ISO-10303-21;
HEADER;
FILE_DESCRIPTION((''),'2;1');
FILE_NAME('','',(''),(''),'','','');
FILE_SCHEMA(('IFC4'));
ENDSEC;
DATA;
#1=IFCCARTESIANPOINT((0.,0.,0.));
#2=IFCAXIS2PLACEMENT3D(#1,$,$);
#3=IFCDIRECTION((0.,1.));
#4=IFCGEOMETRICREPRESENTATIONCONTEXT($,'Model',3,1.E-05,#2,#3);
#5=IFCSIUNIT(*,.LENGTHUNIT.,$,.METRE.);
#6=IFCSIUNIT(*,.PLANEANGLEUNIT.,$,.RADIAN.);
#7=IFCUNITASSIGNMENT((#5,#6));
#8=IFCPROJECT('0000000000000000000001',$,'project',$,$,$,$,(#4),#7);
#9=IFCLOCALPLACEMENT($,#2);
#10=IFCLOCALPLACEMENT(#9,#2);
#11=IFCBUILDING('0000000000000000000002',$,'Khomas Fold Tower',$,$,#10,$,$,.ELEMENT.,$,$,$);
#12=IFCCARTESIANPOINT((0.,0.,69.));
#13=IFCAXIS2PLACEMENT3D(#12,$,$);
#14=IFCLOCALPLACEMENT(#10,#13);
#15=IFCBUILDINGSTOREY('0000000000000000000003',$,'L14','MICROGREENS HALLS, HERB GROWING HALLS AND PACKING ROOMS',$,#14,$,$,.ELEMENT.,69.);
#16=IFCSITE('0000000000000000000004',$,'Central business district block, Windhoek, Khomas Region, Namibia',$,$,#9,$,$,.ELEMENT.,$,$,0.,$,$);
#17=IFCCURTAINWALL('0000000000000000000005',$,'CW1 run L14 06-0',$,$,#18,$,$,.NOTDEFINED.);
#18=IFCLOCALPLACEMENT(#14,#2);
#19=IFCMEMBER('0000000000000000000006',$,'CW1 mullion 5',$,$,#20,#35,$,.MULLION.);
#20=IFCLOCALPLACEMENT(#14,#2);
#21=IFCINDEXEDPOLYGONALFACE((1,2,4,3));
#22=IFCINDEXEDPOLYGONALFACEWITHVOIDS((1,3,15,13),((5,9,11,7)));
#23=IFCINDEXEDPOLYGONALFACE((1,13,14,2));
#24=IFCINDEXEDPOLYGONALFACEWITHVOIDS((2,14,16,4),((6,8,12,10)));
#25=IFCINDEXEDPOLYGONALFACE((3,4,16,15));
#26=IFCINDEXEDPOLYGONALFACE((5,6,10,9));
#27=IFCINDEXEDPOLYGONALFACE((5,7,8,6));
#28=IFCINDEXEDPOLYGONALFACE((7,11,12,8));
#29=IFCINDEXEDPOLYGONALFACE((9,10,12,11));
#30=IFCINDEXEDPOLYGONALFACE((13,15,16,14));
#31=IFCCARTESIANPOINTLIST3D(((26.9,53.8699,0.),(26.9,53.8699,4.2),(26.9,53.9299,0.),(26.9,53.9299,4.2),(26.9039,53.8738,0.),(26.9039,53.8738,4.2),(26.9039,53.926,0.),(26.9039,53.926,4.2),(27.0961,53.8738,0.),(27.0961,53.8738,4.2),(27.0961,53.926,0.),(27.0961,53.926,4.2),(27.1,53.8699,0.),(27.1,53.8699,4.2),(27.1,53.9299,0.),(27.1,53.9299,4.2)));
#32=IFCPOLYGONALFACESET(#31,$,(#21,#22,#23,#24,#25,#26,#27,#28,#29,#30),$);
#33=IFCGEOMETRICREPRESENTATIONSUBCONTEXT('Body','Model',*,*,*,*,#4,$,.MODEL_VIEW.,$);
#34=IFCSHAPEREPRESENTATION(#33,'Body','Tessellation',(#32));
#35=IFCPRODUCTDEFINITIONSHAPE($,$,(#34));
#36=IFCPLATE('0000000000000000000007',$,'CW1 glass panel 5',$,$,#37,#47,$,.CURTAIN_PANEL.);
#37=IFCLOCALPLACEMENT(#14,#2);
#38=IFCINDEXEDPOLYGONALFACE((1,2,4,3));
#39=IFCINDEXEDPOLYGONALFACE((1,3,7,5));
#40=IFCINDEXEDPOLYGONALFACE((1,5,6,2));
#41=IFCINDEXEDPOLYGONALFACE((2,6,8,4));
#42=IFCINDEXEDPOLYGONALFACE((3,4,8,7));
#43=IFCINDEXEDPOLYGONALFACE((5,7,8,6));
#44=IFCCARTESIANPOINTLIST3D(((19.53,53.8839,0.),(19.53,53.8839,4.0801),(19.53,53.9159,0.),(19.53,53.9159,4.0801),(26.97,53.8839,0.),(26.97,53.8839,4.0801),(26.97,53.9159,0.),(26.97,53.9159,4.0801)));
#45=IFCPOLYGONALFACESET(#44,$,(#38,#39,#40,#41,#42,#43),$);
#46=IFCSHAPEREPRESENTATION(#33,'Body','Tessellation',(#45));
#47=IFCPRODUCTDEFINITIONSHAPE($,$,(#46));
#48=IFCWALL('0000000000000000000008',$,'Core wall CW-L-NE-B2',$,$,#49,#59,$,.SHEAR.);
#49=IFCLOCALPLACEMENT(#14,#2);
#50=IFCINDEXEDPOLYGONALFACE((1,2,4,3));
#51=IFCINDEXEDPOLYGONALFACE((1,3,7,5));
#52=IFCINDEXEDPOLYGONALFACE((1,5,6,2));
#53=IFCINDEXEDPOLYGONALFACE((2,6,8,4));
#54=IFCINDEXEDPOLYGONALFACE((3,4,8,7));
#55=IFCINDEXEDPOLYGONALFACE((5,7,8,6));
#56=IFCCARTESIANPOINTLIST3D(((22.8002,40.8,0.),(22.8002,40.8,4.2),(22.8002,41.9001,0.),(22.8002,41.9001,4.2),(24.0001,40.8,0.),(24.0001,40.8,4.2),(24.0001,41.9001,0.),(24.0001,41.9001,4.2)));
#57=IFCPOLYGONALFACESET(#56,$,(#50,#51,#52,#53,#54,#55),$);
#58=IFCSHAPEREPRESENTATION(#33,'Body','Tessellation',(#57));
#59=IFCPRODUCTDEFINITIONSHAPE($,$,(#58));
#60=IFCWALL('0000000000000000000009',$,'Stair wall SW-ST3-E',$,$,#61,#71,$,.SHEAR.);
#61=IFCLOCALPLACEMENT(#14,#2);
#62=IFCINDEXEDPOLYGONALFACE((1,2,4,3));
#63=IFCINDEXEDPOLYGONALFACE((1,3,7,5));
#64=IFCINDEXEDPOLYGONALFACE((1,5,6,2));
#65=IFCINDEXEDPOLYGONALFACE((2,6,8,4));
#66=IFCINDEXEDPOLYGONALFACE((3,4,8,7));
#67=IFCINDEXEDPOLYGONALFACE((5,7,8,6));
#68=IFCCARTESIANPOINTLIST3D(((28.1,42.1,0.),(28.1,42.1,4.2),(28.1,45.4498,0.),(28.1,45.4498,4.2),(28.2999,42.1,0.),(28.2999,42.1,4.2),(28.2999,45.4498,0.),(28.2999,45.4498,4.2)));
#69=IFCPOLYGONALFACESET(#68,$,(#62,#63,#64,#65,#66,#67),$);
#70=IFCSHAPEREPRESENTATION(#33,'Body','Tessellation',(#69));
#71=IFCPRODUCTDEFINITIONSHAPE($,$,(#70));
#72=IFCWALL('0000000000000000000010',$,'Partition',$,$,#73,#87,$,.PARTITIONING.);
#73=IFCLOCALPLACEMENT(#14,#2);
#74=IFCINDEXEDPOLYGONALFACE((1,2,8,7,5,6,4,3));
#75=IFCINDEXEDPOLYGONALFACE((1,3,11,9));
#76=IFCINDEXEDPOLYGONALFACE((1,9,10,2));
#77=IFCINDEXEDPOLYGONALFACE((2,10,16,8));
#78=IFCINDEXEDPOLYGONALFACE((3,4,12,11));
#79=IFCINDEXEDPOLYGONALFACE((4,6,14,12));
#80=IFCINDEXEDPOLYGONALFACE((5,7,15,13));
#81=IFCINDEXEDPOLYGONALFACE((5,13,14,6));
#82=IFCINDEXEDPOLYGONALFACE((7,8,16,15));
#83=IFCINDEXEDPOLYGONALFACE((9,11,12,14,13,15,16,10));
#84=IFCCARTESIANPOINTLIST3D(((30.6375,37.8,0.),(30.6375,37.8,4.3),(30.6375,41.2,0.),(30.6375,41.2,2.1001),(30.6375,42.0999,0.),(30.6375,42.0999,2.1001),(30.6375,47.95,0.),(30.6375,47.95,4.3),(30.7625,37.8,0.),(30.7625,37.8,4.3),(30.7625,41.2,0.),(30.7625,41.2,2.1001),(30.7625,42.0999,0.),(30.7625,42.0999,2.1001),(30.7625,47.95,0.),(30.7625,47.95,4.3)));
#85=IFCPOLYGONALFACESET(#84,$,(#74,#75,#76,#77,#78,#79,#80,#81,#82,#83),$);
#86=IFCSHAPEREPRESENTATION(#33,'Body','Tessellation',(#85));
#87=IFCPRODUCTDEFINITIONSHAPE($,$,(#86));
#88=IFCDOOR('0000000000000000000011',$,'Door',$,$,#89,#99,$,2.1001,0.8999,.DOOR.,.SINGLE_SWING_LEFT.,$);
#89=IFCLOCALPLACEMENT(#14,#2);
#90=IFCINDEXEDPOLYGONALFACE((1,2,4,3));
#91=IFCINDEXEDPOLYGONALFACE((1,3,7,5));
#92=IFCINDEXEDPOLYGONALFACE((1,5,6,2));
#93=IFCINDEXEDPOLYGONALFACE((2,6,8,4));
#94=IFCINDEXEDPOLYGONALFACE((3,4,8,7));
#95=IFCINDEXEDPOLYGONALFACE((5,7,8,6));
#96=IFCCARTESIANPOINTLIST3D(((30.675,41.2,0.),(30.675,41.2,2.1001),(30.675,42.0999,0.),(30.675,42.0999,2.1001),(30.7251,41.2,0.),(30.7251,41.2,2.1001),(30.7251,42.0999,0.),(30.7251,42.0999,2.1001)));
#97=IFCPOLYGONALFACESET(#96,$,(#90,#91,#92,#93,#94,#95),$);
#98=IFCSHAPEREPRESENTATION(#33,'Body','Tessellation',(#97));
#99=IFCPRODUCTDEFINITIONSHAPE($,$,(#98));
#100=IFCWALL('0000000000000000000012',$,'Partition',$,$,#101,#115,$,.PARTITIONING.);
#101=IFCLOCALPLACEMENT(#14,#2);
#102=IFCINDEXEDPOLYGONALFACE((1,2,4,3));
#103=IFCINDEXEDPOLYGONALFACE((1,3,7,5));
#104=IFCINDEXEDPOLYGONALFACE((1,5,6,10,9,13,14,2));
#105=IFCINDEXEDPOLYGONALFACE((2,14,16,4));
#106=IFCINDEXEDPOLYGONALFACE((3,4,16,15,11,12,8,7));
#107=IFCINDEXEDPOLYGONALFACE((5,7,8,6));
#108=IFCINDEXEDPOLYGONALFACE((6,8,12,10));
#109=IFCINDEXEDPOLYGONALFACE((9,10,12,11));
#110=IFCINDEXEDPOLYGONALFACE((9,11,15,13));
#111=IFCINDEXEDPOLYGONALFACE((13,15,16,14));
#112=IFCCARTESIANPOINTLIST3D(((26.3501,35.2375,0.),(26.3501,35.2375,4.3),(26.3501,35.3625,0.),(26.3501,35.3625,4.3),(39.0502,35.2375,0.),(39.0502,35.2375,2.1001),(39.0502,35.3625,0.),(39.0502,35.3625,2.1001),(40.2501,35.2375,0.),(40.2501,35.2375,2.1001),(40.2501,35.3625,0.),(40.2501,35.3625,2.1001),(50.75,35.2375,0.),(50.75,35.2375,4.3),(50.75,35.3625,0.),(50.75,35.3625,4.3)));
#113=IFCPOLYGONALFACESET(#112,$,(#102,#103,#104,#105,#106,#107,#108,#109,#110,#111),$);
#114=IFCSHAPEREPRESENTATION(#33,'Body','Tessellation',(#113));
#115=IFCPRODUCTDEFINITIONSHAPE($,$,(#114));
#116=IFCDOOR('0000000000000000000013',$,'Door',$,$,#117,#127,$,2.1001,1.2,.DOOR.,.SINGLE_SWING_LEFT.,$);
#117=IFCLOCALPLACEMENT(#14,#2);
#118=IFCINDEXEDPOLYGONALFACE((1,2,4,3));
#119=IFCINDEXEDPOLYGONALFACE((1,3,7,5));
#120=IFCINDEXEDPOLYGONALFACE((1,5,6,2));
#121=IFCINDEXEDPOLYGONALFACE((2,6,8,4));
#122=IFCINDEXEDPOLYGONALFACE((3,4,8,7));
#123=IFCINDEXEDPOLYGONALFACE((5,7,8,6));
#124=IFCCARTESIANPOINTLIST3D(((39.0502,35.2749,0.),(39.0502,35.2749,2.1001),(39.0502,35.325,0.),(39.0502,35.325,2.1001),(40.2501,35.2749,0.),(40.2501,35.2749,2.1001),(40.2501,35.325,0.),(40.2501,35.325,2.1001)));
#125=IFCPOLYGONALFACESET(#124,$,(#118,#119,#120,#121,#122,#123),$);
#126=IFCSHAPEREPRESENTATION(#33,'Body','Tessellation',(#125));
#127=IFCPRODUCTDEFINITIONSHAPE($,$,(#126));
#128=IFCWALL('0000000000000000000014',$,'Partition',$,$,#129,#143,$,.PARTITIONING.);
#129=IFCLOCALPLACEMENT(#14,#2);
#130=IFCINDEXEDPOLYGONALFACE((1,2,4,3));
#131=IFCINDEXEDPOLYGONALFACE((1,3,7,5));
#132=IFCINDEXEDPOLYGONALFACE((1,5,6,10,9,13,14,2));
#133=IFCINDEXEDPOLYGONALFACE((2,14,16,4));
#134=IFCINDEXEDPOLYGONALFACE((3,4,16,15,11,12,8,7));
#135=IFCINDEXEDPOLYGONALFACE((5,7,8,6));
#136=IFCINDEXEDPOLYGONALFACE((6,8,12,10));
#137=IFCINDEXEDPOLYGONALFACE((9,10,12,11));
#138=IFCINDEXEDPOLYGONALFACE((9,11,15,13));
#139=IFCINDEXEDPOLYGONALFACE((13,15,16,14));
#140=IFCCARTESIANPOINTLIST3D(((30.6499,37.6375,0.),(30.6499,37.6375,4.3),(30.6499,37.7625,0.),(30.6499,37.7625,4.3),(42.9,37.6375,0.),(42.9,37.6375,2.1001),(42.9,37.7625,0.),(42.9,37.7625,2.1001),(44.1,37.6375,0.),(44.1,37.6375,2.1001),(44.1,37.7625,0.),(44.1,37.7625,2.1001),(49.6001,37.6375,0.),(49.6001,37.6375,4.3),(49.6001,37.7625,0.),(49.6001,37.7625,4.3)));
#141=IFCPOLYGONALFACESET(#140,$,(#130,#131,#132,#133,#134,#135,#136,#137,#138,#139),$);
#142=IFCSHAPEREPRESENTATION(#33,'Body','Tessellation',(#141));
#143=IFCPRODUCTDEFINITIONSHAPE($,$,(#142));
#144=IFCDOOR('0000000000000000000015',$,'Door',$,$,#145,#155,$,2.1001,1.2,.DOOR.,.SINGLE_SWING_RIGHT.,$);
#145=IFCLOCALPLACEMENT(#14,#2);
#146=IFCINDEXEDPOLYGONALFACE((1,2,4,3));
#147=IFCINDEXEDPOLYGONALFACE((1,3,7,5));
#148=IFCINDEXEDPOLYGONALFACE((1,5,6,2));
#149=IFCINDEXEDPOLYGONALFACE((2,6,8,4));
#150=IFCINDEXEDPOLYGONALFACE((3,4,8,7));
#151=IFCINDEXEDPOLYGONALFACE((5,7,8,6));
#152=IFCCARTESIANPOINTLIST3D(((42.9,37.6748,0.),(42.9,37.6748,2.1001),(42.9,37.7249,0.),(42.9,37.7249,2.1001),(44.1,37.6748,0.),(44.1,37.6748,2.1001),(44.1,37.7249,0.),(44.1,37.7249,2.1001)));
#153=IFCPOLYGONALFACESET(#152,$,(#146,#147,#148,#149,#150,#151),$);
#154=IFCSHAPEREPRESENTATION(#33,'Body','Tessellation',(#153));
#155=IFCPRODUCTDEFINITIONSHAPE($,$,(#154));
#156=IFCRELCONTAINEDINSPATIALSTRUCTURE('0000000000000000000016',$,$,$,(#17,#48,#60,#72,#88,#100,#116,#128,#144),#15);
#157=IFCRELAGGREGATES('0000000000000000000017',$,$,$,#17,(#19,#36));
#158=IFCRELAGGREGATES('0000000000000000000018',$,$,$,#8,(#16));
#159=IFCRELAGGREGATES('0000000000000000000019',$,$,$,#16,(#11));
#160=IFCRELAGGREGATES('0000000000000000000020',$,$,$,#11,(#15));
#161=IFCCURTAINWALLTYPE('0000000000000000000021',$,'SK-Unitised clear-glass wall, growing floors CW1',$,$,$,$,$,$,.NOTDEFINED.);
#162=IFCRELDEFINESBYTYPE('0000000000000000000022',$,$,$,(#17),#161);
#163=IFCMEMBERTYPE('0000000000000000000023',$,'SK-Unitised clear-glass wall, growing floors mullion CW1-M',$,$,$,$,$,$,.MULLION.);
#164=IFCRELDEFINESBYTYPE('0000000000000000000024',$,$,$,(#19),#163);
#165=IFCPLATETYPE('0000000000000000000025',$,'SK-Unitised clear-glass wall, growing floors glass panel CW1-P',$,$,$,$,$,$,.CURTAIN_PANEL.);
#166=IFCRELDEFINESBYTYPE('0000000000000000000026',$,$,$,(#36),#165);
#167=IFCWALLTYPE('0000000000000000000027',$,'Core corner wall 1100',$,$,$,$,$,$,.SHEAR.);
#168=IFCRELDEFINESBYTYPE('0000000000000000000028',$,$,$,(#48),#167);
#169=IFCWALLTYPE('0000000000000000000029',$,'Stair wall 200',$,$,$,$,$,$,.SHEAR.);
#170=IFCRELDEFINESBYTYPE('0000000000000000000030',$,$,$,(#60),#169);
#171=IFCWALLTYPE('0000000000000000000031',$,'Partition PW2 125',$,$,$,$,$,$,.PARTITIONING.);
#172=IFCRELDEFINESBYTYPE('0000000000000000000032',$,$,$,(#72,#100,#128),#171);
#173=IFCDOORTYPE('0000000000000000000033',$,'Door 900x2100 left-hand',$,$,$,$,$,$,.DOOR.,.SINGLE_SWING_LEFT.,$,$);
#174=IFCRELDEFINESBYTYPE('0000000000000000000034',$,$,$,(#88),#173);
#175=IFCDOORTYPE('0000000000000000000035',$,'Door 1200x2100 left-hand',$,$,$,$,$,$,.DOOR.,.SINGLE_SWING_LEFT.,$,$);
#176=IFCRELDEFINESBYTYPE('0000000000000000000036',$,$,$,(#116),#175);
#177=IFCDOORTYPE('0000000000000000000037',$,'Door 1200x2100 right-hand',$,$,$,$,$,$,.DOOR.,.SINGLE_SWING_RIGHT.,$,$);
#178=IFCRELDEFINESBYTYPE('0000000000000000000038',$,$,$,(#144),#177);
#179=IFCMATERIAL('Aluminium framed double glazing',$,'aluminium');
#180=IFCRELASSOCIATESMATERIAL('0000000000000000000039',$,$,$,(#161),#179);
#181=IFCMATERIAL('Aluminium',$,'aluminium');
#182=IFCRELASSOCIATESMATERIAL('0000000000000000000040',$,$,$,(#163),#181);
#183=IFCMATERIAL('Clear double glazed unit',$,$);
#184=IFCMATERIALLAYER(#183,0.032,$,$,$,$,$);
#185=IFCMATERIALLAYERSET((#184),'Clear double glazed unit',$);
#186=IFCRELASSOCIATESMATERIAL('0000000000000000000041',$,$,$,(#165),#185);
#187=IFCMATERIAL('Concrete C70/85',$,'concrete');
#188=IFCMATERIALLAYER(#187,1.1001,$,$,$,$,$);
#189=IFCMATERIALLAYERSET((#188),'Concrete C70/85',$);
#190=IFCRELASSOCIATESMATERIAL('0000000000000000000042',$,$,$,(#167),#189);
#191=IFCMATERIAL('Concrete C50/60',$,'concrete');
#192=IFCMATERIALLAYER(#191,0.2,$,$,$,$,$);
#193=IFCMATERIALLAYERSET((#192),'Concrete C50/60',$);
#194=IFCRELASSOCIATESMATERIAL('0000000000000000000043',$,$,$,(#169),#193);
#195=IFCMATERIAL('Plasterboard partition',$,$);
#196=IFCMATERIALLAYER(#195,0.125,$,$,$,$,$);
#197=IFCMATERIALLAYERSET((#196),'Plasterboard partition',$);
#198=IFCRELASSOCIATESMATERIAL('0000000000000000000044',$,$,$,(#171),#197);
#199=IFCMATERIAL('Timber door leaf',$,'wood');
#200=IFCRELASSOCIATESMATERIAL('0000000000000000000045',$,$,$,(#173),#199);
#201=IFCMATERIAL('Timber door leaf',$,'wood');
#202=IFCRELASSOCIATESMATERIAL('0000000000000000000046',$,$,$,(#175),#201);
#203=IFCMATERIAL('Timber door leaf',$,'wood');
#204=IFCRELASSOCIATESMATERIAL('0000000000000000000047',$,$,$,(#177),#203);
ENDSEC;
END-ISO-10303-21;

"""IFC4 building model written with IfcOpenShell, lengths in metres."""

from ifc_helpers import new_model, si_unit, direction, frame, frame_2d, origin, origin_2d, place, context, subcontext, project, spatial, rectangle, hollow_rectangle, extrude, source, transform, mapped, material, layer, layer_set, material_profile, profile_set, type_object, element, fill, aggregate, save


model = new_model("IFC4")

# Units and contexts
model_context = context("Model", 3, precision=1e-05, world=origin(), true_north=direction((0.0, 1.0)))
body_context = subcontext(model_context, "Body", "Model", "MODEL_VIEW")
ifc_project = project(units=[si_unit("LENGTHUNIT", "METRE"), si_unit("PLANEANGLEUNIT", "RADIAN")], contexts=[model_context])

# Site, building, storey
site_placement = place(None, origin())
site = spatial("IfcSite", under=ifc_project, at=site_placement, Name="Central business district block, Windhoek, Khomas Region, Namibia", CompositionType="ELEMENT", RefElevation=0.0)
building_placement = place(site_placement, origin())
building = spatial("IfcBuilding", under=site, at=building_placement, Name="Khomas Fold Tower", CompositionType="ELEMENT")
storey_placement = place(building_placement, frame((0.0, 0.0, 69.0)))
storey = spatial("IfcBuildingStorey", under=building, at=storey_placement, Name="L14", Description="MICROGREENS HALLS, HERB GROWING HALLS AND PACKING ROOMS", CompositionType="ELEMENT", Elevation=69.0)

# Curtain wall, member, plate
ifc_material_1 = material(Name="Aluminium framed double glazing", Category="aluminium")
curtain_wall_type = type_object("IfcCurtainWallType", Name="SK-Unitised clear-glass wall, growing floors CW1", PredefinedType="NOTDEFINED", material=ifc_material_1)
curtain_wall_placement = place(storey_placement, origin())
curtain_wall = element("IfcCurtainWall", 1, at=curtain_wall_placement, inside=storey, type_object=curtain_wall_type, Name="CW1 run L14 06-0", PredefinedType="NOTDEFINED")
ifc_material_2 = material(Name="Aluminium", Category="aluminium")
ifc_material_profile_1 = material_profile(ifc_material_2, hollow_rectangle(XDim=0.0601, YDim=0.2, WallThickness=0.0039, at=origin_2d()), Name="SK-Unitised clear-glass wall, growing floors mullion CW1-M")
ifc_profile_set_1 = profile_set([ifc_material_profile_1], Name="Aluminium")
member_type_1 = type_object("IfcMemberType", Name="SK-Unitised clear-glass wall, growing floors mullion CW1-M", PredefinedType="MULLION", material=ifc_profile_set_1)
shared_shape_1 = source(origin(), body_context, "Body", "SweptSolid", [
    extrude(hollow_rectangle(XDim=0.0601, YDim=0.2, WallThickness=0.0039, at=origin_2d()), origin(), (0.0, 0.0, 1.0), 4.2),
])
member_1_placement = place(storey_placement, frame((27.0, 53.8999, 0.0), z_axis=(0.0, 0.0, 1.0), x_axis=(0.0, -1.0, 0.0)))
member_1 = element("IfcMember", 2, at=member_1_placement, type_object=member_type_1, Name="CW1 mullion 5", PredefinedType="MULLION", context=body_context, shape_type="MappedRepresentation", body=[
    mapped(shared_shape_1, transform((0.0, 0.0, 0.0))),
])
ifc_material_3 = material(Name="Clear double glazed unit")
ifc_layer_1 = layer(ifc_material_3, 0.032)
ifc_layer_set_1 = layer_set([ifc_layer_1], Name="Clear double glazed unit")
plate_type = type_object("IfcPlateType", Name="SK-Unitised clear-glass wall, growing floors glass panel CW1-P", PredefinedType="CURTAIN_PANEL", material=ifc_layer_set_1)
shared_shape_2 = source(origin(), body_context, "Body", "SweptSolid", [
    extrude(rectangle(XDim=7.4399, YDim=0.032, at=origin_2d()), origin(), (0.0, 0.0, 1.0), 4.0801),
])
plate_placement = place(storey_placement, frame((23.25, 53.8999, 0.0), z_axis=(0.0, 0.0, 1.0), x_axis=(-1.0, 0.0, 0.0)))
plate = element("IfcPlate", 3, at=plate_placement, type_object=plate_type, Name="CW1 glass panel 5", PredefinedType="CURTAIN_PANEL", context=body_context, shape_type="MappedRepresentation", body=[
    mapped(shared_shape_2, transform((0.0, 0.0, 0.0))),
])
aggregate(curtain_wall, [member_1, plate])

# Walls
ifc_material_4 = material(Name="Concrete C70/85", Category="concrete")
ifc_layer_2 = layer(ifc_material_4, 1.1001)
ifc_layer_set_2 = layer_set([ifc_layer_2], Name="Concrete C70/85")
wall_type_1 = type_object("IfcWallType", Name="Core corner wall 1100", PredefinedType="SHEAR", material=ifc_layer_set_2)
shared_shape_3 = source(origin(), body_context, "Body", "SweptSolid", [
    extrude(rectangle(XDim=1.2, YDim=1.1001, at=frame_2d((0.6001, 0.0))), origin(), (0.0, 0.0, 1.0), 4.2),
])
wall_1_placement = place(storey_placement, frame((22.8, 41.3501, 0.0), z_axis=(0.0, 0.0, 1.0), x_axis=(1.0, 0.0, 0.0)))
element("IfcWall", 4, at=wall_1_placement, inside=storey, type_object=wall_type_1, Name="Core wall CW-L-NE-B2", PredefinedType="SHEAR", context=body_context, shape_type="MappedRepresentation", body=[
    mapped(shared_shape_3, transform((0.0, 0.0, 0.0))),
])
ifc_material_5 = material(Name="Concrete C50/60", Category="concrete")
ifc_layer_3 = layer(ifc_material_5, 0.2)
ifc_layer_set_3 = layer_set([ifc_layer_3], Name="Concrete C50/60")
wall_type_2 = type_object("IfcWallType", Name="Stair wall 200", PredefinedType="SHEAR", material=ifc_layer_set_3)
shared_shape_4 = source(origin(), body_context, "Body", "SweptSolid", [
    extrude(rectangle(XDim=3.3499, YDim=0.2, at=frame_2d((1.6748, 0.0))), origin(), (0.0, 0.0, 1.0), 4.2),
])
wall_2_placement = place(storey_placement, frame((28.2, 42.1001, 0.0), z_axis=(0.0, 0.0, 1.0), x_axis=(0.0, 1.0, 0.0)))
element("IfcWall", 5, at=wall_2_placement, inside=storey, type_object=wall_type_2, Name="Stair wall SW-ST3-E", PredefinedType="SHEAR", context=body_context, shape_type="MappedRepresentation", body=[
    mapped(shared_shape_4, transform((0.0, 0.0, 0.0))),
])

# Walls, openings, doors
ifc_material_6 = material(Name="Plasterboard partition")
ifc_layer_4 = layer(ifc_material_6, 0.125)
ifc_layer_set_4 = layer_set([ifc_layer_4], Name="Plasterboard partition")
wall_type_3 = type_object("IfcWallType", Name="Partition PW2 125", PredefinedType="PARTITIONING", material=ifc_layer_set_4)
shared_shape_5 = source(origin(), body_context, "Body", "SweptSolid", [
    extrude(rectangle(XDim=10.1499, YDim=0.125, at=frame_2d((5.075, 0.0))), origin(), (0.0, 0.0, 1.0), 4.3),
])
wall_3_placement = place(storey_placement, frame((30.7, 37.8, 0.0), z_axis=(0.0, 0.0, 1.0), x_axis=(0.0, 1.0, 0.0)))
wall_3 = element("IfcWall", 6, at=wall_3_placement, inside=storey, type_object=wall_type_3, Name="Partition", PredefinedType="PARTITIONING", context=body_context, shape_type="MappedRepresentation", body=[
    mapped(shared_shape_5, transform((0.0, 0.0, 0.0))),
])
shared_shape_6 = source(origin(), body_context, "Body", "SweptSolid", [
    extrude(rectangle(XDim=0.8999, YDim=2.1001, at=frame_2d((0.45, 1.05))), frame((0.0, 0.0725, 0.0), z_axis=(0.0, -1.0, 0.0), x_axis=(1.0, 0.0, 0.0)), (0.0, 0.0, 1.0), 0.145),
])
opening_1_placement = place(wall_3_placement, frame((3.3999, 0.0, 0.0)))
opening_1 = element("IfcOpeningElement", 7, at=opening_1_placement, cuts=wall_3, PredefinedType="OPENING", context=body_context, shape_type="MappedRepresentation", body=[
    mapped(shared_shape_6, transform((0.0, 0.0, 0.0))),
])
ifc_material_7 = material(Name="Timber door leaf", Category="wood")
door_type_1 = type_object("IfcDoorType", Name="Door 900x2100 left-hand", OperationType="SINGLE_SWING_LEFT", PredefinedType="DOOR", material=ifc_material_7)
shared_shape_7 = source(origin(), body_context, "Body", "SweptSolid", [
    extrude(rectangle(XDim=0.8999, YDim=2.1001, at=frame_2d((0.45, 1.05))), frame((0.0, 0.0249, 0.0), z_axis=(0.0, -1.0, 0.0), x_axis=(1.0, 0.0, 0.0)), (0.0, 0.0, 1.0), 0.05),
])
door_1_placement = place(opening_1_placement, origin())
door_1 = element("IfcDoor", 8, at=door_1_placement, inside=storey, type_object=door_type_1, Name="Door", OperationType="SINGLE_SWING_LEFT", OverallHeight=2.1001, OverallWidth=0.8999, PredefinedType="DOOR", context=body_context, shape_type="MappedRepresentation", body=[
    mapped(shared_shape_7, transform((0.0, 0.0, 0.0))),
])
fill(opening_1, door_1)
shared_shape_8 = source(origin(), body_context, "Body", "SweptSolid", [
    extrude(rectangle(XDim=24.3999, YDim=0.125, at=frame_2d((12.2, 0.0))), origin(), (0.0, 0.0, 1.0), 4.3),
])
wall_4_placement = place(storey_placement, frame((26.3501, 35.3, 0.0), z_axis=(0.0, 0.0, 1.0), x_axis=(1.0, 0.0, 0.0)))
wall_4 = element("IfcWall", 9, at=wall_4_placement, inside=storey, type_object=wall_type_3, Name="Partition", PredefinedType="PARTITIONING", context=body_context, shape_type="MappedRepresentation", body=[
    mapped(shared_shape_8, transform((0.0, 0.0, 0.0))),
])
shared_shape_9 = source(origin(), body_context, "Body", "SweptSolid", [
    extrude(rectangle(XDim=1.2, YDim=2.1001, at=frame_2d((0.6001, 1.05))), frame((0.0, 0.0725, 0.0), z_axis=(0.0, -1.0, 0.0), x_axis=(1.0, 0.0, 0.0)), (0.0, 0.0, 1.0), 0.145),
])
opening_2_placement = place(wall_4_placement, frame((12.7, 0.0, 0.0)))
opening_2 = element("IfcOpeningElement", 10, at=opening_2_placement, cuts=wall_4, PredefinedType="OPENING", context=body_context, shape_type="MappedRepresentation", body=[
    mapped(shared_shape_9, transform((0.0, 0.0, 0.0))),
])
ifc_material_8 = material(Name="Timber door leaf", Category="wood")
door_type_2 = type_object("IfcDoorType", Name="Door 1200x2100 left-hand", OperationType="SINGLE_SWING_LEFT", PredefinedType="DOOR", material=ifc_material_8)
shared_shape_10 = source(origin(), body_context, "Body", "SweptSolid", [
    extrude(rectangle(XDim=1.2, YDim=2.1001, at=frame_2d((0.6001, 1.05))), frame((0.0, 0.0249, 0.0), z_axis=(0.0, -1.0, 0.0), x_axis=(1.0, 0.0, 0.0)), (0.0, 0.0, 1.0), 0.05),
])
door_2_placement = place(opening_2_placement, origin())
door_2 = element("IfcDoor", 11, at=door_2_placement, inside=storey, type_object=door_type_2, Name="Door", OperationType="SINGLE_SWING_LEFT", OverallHeight=2.1001, OverallWidth=1.2, PredefinedType="DOOR", context=body_context, shape_type="MappedRepresentation", body=[
    mapped(shared_shape_10, transform((0.0, 0.0, 0.0))),
])
fill(opening_2, door_2)
shared_shape_11 = source(origin(), body_context, "Body", "SweptSolid", [
    extrude(rectangle(XDim=18.9502, YDim=0.125, at=frame_2d((9.4751, 0.0))), origin(), (0.0, 0.0, 1.0), 4.3),
])
wall_5_placement = place(storey_placement, frame((30.6499, 37.7, 0.0), z_axis=(0.0, 0.0, 1.0), x_axis=(1.0, 0.0, 0.0)))
wall_5 = element("IfcWall", 12, at=wall_5_placement, inside=storey, type_object=wall_type_3, Name="Partition", PredefinedType="PARTITIONING", context=body_context, shape_type="MappedRepresentation", body=[
    mapped(shared_shape_11, transform((0.0, 0.0, 0.0))),
])
opening_3_placement = place(wall_5_placement, frame((12.25, 0.0, 0.0)))
opening_3 = element("IfcOpeningElement", 13, at=opening_3_placement, cuts=wall_5, PredefinedType="OPENING", context=body_context, shape_type="MappedRepresentation", body=[
    mapped(shared_shape_9, transform((0.0, 0.0, 0.0))),
])
ifc_material_9 = material(Name="Timber door leaf", Category="wood")
door_type_3 = type_object("IfcDoorType", Name="Door 1200x2100 right-hand", OperationType="SINGLE_SWING_RIGHT", PredefinedType="DOOR", material=ifc_material_9)
door_3_placement = place(opening_3_placement, origin())
door_3 = element("IfcDoor", 14, at=door_3_placement, inside=storey, type_object=door_type_3, Name="Door", OperationType="SINGLE_SWING_RIGHT", OverallHeight=2.1001, OverallWidth=1.2, PredefinedType="DOOR", context=body_context, shape_type="MappedRepresentation", body=[
    mapped(shared_shape_10, transform((0.0, 0.0, 0.0))),
])
fill(opening_3, door_3)

save(model, "model.ifc")
